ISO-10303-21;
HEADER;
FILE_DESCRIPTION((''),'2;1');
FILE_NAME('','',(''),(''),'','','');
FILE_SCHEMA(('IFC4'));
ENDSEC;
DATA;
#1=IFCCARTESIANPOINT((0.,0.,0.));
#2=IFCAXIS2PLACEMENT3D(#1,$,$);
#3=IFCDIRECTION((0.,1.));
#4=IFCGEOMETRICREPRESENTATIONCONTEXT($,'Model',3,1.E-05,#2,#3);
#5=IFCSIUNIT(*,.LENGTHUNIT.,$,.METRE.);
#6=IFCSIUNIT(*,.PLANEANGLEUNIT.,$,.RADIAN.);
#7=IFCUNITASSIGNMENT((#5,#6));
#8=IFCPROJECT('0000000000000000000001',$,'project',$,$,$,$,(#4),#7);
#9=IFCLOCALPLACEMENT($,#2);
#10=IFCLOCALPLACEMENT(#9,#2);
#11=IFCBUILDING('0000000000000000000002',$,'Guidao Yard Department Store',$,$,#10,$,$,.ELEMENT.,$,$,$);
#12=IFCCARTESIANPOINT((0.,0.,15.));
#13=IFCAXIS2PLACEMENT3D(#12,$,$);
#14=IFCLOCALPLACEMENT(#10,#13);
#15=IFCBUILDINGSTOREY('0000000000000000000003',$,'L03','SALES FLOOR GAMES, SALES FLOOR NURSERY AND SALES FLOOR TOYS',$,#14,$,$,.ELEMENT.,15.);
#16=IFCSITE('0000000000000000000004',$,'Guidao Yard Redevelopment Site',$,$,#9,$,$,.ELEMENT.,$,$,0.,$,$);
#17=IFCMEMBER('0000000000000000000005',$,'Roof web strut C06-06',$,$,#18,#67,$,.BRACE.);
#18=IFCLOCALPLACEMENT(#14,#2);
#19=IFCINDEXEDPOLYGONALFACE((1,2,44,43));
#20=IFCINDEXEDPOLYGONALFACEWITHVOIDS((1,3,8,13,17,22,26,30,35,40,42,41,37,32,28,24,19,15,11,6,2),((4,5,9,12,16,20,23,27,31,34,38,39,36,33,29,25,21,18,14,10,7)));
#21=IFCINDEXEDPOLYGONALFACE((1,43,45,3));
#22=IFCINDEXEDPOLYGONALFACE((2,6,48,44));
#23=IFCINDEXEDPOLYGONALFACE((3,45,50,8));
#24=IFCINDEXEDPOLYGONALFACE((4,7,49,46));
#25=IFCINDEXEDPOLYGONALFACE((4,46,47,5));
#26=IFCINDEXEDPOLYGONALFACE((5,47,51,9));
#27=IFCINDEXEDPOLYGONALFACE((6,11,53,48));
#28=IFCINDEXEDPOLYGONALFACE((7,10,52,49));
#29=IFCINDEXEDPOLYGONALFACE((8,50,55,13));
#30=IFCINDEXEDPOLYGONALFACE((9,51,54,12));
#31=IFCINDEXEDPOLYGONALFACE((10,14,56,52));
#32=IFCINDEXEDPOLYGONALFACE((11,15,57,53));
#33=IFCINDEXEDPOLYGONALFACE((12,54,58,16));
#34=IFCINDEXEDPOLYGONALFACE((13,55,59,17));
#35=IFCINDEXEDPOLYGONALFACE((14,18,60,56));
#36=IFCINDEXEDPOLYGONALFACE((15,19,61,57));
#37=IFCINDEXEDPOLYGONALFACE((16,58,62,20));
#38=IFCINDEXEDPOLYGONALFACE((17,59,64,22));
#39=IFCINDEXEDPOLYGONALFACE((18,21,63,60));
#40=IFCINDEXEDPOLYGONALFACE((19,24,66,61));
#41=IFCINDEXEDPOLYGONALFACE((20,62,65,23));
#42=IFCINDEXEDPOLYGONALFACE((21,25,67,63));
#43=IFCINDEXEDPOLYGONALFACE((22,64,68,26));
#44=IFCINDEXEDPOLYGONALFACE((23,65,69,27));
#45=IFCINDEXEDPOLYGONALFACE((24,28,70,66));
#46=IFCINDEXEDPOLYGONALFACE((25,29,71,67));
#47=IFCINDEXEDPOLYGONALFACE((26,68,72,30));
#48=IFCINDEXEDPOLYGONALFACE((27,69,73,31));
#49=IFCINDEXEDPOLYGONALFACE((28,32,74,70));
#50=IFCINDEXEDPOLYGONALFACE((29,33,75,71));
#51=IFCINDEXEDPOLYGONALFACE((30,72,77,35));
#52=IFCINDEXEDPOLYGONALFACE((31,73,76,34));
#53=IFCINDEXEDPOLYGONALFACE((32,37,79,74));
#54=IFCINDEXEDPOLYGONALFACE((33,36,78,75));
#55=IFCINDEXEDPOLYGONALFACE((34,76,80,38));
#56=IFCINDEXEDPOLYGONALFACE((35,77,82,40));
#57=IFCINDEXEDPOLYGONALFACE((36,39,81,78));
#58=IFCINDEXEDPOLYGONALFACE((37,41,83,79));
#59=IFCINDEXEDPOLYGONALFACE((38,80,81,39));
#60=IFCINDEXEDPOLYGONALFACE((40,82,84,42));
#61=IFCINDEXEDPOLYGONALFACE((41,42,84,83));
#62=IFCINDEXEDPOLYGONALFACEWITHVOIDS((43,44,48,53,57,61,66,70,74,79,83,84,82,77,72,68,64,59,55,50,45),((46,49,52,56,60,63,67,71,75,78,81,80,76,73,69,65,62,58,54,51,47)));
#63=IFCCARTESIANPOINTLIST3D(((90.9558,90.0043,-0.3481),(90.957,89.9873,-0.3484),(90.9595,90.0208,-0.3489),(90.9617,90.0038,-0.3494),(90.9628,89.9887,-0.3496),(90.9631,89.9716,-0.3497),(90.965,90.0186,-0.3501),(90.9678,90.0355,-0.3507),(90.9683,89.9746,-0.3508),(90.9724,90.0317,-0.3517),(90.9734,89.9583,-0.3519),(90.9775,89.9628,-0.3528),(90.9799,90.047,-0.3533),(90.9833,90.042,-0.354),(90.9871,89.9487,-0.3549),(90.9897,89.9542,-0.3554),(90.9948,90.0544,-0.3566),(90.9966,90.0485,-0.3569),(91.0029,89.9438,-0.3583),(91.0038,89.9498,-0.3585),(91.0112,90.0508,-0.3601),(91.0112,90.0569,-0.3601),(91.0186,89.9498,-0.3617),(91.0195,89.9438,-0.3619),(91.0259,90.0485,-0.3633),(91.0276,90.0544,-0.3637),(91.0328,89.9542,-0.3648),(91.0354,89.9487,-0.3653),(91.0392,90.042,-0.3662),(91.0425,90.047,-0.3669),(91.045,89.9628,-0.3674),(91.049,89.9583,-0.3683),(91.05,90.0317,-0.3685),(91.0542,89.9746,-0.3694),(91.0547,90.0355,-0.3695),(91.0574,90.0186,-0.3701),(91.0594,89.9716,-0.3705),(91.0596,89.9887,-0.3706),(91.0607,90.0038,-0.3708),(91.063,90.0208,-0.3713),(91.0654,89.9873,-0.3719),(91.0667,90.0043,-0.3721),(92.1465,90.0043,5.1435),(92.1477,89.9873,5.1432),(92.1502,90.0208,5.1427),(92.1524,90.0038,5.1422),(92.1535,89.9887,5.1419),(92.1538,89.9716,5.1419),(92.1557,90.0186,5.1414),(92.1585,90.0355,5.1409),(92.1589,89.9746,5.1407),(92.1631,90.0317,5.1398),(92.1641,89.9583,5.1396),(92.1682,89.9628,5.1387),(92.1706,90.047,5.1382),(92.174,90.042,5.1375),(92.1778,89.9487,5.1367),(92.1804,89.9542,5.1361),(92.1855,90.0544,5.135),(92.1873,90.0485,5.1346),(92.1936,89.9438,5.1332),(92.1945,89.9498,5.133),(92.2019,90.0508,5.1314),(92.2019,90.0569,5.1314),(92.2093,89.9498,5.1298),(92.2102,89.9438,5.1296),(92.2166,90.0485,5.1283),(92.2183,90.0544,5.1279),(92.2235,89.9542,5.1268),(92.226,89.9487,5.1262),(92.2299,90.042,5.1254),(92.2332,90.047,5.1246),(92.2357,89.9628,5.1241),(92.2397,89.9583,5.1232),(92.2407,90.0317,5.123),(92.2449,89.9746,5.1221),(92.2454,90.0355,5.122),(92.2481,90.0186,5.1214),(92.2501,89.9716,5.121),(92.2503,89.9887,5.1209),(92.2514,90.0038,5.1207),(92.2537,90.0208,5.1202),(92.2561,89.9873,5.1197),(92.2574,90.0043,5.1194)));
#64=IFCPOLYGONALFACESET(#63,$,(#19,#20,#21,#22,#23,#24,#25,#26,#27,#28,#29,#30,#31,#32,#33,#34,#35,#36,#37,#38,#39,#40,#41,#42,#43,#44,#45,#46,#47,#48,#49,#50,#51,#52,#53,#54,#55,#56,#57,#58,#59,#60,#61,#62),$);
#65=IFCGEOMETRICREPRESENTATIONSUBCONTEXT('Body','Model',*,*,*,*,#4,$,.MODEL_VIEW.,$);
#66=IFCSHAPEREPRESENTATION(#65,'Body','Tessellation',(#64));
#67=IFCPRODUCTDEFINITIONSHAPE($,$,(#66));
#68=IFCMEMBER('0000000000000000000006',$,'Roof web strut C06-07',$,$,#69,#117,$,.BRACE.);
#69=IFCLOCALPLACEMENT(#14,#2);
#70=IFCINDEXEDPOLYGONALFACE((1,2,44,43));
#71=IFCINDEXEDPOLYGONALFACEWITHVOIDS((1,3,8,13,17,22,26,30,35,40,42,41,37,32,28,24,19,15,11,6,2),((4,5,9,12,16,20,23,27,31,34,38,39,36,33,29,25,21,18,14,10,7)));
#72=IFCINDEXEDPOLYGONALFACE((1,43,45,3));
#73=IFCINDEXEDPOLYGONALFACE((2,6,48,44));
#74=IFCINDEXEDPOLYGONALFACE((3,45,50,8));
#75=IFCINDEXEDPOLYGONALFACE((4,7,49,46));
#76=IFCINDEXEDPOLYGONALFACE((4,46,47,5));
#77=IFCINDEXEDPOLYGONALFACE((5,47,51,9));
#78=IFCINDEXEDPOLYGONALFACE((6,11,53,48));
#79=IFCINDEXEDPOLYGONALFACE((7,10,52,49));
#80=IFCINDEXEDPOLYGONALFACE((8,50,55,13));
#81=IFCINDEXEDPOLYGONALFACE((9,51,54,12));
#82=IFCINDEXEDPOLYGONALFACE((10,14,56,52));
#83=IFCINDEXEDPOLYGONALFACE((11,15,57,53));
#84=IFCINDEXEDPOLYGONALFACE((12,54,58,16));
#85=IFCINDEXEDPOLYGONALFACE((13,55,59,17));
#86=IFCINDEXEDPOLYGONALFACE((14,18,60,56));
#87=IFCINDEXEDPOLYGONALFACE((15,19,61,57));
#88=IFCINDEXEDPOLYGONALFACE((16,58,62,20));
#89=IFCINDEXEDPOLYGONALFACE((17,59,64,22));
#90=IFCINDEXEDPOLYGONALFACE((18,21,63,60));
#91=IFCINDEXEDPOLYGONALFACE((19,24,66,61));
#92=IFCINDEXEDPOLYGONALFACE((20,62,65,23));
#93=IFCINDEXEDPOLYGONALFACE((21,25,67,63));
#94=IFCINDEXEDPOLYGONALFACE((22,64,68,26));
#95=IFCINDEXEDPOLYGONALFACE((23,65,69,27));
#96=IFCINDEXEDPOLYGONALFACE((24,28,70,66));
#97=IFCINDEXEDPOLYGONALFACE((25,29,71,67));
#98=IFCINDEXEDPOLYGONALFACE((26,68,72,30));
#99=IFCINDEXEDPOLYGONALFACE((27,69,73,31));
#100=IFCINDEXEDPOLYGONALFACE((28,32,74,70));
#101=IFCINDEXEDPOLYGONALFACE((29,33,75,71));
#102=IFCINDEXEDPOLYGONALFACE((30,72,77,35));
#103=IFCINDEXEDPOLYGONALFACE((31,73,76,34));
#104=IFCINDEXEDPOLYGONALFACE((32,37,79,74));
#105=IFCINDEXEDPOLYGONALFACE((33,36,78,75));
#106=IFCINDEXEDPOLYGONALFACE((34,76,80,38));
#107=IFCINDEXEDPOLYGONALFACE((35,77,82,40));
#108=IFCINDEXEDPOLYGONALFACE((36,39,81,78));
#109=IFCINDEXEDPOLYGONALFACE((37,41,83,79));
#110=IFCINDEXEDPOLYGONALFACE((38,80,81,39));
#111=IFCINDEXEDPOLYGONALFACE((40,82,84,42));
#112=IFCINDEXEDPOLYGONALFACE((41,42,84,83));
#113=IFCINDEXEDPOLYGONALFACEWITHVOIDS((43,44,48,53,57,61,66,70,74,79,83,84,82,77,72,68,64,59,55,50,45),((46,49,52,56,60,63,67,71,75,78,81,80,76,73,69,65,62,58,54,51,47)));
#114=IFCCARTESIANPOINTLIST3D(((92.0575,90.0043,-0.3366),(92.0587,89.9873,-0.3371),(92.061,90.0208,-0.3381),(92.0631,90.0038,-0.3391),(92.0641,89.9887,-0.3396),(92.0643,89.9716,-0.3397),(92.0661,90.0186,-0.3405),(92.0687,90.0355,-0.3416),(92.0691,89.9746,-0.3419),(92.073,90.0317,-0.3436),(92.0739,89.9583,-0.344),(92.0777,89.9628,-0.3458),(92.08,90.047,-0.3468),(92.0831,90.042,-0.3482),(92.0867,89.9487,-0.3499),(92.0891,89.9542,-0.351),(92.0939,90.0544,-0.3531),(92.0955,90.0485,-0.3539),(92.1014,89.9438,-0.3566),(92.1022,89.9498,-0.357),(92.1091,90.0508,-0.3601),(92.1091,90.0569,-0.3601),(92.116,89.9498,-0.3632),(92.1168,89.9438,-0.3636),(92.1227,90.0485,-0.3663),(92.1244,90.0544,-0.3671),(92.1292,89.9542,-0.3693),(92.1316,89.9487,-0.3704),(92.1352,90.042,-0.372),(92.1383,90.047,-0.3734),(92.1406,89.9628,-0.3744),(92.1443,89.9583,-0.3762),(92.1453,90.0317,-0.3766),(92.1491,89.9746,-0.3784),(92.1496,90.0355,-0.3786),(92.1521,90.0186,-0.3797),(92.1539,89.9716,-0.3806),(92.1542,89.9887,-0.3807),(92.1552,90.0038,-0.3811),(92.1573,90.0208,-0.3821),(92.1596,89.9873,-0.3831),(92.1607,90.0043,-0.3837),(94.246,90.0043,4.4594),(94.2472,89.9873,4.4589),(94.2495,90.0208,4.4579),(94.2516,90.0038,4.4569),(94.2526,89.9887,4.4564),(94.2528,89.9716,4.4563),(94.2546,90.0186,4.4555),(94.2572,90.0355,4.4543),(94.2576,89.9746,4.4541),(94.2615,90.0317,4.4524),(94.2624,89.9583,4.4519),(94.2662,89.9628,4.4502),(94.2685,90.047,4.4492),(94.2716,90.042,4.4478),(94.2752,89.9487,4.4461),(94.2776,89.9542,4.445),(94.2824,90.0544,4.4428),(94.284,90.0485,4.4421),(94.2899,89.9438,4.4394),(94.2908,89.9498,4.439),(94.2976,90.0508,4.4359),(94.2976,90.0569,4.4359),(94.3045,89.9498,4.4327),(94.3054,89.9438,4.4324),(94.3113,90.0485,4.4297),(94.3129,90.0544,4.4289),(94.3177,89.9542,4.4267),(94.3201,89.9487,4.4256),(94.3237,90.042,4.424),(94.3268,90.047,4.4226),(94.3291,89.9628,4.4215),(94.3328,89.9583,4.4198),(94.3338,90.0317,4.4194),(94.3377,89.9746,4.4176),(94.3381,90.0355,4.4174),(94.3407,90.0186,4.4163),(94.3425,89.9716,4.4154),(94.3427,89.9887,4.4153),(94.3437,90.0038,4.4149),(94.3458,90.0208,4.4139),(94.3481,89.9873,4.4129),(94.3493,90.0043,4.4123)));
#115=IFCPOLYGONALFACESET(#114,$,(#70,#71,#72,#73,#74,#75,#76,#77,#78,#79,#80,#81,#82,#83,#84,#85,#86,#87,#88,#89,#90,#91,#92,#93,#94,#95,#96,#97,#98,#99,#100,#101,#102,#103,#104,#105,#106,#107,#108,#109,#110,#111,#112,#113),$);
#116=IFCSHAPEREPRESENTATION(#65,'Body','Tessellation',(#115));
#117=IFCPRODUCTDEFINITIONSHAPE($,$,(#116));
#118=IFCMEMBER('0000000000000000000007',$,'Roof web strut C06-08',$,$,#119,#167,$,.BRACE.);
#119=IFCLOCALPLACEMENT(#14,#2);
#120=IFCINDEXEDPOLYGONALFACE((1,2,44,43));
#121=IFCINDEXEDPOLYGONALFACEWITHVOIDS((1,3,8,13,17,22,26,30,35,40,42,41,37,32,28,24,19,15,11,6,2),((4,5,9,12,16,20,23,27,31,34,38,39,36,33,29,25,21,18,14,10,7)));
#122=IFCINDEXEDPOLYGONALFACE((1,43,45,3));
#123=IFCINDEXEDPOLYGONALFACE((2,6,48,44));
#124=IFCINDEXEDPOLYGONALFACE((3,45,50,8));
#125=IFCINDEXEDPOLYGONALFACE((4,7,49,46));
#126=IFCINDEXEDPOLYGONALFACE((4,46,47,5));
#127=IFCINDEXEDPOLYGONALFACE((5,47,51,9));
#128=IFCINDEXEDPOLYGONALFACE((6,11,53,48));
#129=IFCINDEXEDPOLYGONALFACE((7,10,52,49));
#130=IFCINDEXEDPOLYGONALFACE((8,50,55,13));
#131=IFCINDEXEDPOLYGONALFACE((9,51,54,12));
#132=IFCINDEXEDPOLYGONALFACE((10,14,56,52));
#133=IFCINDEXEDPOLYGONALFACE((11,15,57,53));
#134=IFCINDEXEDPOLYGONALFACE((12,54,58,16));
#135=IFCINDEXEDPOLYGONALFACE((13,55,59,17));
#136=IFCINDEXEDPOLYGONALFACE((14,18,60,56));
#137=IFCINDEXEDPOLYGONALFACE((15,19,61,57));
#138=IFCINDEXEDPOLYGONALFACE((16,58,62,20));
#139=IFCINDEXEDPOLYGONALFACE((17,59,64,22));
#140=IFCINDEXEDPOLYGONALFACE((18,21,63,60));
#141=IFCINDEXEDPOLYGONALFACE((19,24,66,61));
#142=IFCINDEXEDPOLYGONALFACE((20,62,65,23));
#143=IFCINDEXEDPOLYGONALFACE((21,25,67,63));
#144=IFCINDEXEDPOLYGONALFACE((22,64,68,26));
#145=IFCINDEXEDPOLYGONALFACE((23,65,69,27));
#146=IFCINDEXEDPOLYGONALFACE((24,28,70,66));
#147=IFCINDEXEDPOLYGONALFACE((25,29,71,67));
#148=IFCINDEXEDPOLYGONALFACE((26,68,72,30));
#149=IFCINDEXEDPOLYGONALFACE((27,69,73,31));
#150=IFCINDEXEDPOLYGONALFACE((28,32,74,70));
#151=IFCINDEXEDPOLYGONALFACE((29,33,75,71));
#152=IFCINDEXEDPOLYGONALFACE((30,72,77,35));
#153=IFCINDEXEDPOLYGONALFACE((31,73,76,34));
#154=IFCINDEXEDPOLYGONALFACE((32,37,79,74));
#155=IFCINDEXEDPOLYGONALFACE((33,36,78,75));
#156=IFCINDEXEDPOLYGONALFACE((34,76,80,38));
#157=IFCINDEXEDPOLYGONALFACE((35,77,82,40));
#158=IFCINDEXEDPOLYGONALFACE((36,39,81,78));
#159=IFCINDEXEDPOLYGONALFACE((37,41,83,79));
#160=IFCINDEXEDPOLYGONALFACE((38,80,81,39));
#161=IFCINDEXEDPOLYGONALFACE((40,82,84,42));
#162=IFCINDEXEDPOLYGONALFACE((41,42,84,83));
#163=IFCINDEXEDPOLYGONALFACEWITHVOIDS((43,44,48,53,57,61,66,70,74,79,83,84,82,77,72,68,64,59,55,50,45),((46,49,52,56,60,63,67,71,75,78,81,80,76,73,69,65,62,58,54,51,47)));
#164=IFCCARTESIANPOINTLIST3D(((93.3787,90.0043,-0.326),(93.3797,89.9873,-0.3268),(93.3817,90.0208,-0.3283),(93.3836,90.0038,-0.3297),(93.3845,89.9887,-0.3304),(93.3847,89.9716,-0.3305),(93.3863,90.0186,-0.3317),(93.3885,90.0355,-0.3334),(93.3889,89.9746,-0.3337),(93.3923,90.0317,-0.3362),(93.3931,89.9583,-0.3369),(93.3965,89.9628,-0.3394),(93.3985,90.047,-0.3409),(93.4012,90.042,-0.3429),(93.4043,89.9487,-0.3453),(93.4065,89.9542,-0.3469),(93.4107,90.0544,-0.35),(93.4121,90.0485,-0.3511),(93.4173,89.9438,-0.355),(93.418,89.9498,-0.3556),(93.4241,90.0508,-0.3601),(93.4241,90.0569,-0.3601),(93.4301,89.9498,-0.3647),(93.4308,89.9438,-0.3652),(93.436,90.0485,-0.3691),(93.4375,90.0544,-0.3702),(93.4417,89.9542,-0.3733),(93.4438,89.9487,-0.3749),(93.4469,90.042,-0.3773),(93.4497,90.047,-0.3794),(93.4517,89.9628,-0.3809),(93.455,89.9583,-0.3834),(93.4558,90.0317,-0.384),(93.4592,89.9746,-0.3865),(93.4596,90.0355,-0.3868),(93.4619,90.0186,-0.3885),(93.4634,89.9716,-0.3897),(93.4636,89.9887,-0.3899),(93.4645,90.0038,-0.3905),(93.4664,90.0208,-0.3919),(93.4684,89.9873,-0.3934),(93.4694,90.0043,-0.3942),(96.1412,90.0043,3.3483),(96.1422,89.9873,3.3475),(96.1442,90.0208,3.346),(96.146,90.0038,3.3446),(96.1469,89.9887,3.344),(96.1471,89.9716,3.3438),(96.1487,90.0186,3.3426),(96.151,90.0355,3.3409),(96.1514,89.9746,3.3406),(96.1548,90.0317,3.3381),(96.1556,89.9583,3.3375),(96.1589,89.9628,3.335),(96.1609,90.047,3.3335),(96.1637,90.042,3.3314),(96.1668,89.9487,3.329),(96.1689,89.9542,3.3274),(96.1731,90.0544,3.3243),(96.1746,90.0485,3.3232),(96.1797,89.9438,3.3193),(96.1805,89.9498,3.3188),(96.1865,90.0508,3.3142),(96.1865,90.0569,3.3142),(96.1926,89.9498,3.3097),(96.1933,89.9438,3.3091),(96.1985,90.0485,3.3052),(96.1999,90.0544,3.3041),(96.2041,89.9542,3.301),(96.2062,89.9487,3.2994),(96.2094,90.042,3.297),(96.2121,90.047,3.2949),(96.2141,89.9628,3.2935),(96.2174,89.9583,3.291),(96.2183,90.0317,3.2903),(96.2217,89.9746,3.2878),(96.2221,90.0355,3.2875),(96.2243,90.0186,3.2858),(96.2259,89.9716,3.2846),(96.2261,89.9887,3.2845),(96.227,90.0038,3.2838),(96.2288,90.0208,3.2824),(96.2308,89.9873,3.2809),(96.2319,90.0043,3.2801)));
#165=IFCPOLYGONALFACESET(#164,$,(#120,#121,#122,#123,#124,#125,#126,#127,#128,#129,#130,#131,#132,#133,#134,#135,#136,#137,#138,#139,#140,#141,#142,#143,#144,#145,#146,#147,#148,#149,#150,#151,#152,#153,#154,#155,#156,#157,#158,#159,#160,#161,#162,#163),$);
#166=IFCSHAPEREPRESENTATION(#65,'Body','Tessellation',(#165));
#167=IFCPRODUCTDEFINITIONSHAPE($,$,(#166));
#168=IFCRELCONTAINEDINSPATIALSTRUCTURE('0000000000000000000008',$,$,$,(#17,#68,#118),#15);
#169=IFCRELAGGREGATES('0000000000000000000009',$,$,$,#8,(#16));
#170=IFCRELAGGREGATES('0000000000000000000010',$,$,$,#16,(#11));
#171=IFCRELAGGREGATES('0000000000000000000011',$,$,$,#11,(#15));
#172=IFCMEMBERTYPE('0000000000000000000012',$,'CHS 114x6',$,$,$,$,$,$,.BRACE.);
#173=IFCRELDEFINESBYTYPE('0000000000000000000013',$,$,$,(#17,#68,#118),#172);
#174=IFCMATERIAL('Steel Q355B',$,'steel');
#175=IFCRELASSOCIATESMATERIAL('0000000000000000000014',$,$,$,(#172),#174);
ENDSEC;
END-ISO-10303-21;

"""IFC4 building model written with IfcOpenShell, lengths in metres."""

from ifc_helpers import new_model, si_unit, direction, frame, origin, origin_2d, place, context, subcontext, project, spatial, hollow_circle, extrude, material, material_profile, profile_set, type_object, element, save


model = new_model("IFC4")

# Units and contexts
model_context = context("Model", 3, precision=1e-05, world=origin(), true_north=direction((0.0, 1.0)))
body_context = subcontext(model_context, "Body", "Model", "MODEL_VIEW")
ifc_project = project(units=[si_unit("LENGTHUNIT", "METRE"), si_unit("PLANEANGLEUNIT", "RADIAN")], contexts=[model_context])

# Site, building, storey
site_placement = place(None, origin())
site = spatial("IfcSite", under=ifc_project, at=site_placement, Name="Guidao Yard Redevelopment Site", CompositionType="ELEMENT", RefElevation=0.0)
building_placement = place(site_placement, origin())
building = spatial("IfcBuilding", under=site, at=building_placement, Name="Guidao Yard Department Store", CompositionType="ELEMENT")
storey_placement = place(building_placement, frame((0.0, 0.0, 15.0)))
storey = spatial("IfcBuildingStorey", under=building, at=storey_placement, Name="L03", Description="SALES FLOOR GAMES, SALES FLOOR NURSERY AND SALES FLOOR TOYS", CompositionType="ELEMENT", Elevation=15.0)

# Members
ifc_material_1 = material(Name="Steel Q355B", Category="steel")
ifc_material_profile_1 = material_profile(ifc_material_1, hollow_circle(Radius=0.0569, WallThickness=0.0061, at=origin_2d()), Name="CHS 114x6")
ifc_profile_set_1 = profile_set([ifc_material_profile_1], Name="Steel Q355B")
member_type_1 = type_object("IfcMemberType", Name="CHS 114x6", PredefinedType="BRACE", material=ifc_profile_set_1)
member_1_placement = place(storey_placement, frame((91.0112, 90.0, -0.3601), z_axis=(0.211899, 0.0, 0.977292), x_axis=(0.0, 1.0, 0.0)))
element("IfcMember", 1, at=member_1_placement, inside=storey, type_object=member_type_1, Name="Roof web strut C06-06", PredefinedType="BRACE", context=body_context, shape_type="SweptSolid", body=[
    extrude(hollow_circle(Radius=0.0569, WallThickness=0.0061, at=origin_2d()), origin(), (0.0, 0.0, 1.0), 5.6191),
])
member_2_placement = place(storey_placement, frame((92.1091, 90.0, -0.3601), z_axis=(0.415142, 0.0, 0.909756), x_axis=(0.0, 1.0, 0.0)))
element("IfcMember", 2, at=member_2_placement, inside=storey, type_object=member_type_1, Name="Roof web strut C06-07", PredefinedType="BRACE", context=body_context, shape_type="SweptSolid", body=[
    extrude(hollow_circle(Radius=0.0569, WallThickness=0.0061, at=origin_2d()), origin(), (0.0, 0.0, 1.0), 5.2717),
])
member_3_placement = place(storey_placement, frame((93.4241, 90.0, -0.3601), z_axis=(0.600934, 0.0, 0.799298), x_axis=(0.0, 1.0, 0.0)))
element("IfcMember", 3, at=member_3_placement, inside=storey, type_object=member_type_1, Name="Roof web strut C06-08", PredefinedType="BRACE", context=body_context, shape_type="SweptSolid", body=[
    extrude(hollow_circle(Radius=0.0569, WallThickness=0.0061, at=origin_2d()), origin(), (0.0, 0.0, 1.0), 4.5969),
])

save(model, "model.ifc")
